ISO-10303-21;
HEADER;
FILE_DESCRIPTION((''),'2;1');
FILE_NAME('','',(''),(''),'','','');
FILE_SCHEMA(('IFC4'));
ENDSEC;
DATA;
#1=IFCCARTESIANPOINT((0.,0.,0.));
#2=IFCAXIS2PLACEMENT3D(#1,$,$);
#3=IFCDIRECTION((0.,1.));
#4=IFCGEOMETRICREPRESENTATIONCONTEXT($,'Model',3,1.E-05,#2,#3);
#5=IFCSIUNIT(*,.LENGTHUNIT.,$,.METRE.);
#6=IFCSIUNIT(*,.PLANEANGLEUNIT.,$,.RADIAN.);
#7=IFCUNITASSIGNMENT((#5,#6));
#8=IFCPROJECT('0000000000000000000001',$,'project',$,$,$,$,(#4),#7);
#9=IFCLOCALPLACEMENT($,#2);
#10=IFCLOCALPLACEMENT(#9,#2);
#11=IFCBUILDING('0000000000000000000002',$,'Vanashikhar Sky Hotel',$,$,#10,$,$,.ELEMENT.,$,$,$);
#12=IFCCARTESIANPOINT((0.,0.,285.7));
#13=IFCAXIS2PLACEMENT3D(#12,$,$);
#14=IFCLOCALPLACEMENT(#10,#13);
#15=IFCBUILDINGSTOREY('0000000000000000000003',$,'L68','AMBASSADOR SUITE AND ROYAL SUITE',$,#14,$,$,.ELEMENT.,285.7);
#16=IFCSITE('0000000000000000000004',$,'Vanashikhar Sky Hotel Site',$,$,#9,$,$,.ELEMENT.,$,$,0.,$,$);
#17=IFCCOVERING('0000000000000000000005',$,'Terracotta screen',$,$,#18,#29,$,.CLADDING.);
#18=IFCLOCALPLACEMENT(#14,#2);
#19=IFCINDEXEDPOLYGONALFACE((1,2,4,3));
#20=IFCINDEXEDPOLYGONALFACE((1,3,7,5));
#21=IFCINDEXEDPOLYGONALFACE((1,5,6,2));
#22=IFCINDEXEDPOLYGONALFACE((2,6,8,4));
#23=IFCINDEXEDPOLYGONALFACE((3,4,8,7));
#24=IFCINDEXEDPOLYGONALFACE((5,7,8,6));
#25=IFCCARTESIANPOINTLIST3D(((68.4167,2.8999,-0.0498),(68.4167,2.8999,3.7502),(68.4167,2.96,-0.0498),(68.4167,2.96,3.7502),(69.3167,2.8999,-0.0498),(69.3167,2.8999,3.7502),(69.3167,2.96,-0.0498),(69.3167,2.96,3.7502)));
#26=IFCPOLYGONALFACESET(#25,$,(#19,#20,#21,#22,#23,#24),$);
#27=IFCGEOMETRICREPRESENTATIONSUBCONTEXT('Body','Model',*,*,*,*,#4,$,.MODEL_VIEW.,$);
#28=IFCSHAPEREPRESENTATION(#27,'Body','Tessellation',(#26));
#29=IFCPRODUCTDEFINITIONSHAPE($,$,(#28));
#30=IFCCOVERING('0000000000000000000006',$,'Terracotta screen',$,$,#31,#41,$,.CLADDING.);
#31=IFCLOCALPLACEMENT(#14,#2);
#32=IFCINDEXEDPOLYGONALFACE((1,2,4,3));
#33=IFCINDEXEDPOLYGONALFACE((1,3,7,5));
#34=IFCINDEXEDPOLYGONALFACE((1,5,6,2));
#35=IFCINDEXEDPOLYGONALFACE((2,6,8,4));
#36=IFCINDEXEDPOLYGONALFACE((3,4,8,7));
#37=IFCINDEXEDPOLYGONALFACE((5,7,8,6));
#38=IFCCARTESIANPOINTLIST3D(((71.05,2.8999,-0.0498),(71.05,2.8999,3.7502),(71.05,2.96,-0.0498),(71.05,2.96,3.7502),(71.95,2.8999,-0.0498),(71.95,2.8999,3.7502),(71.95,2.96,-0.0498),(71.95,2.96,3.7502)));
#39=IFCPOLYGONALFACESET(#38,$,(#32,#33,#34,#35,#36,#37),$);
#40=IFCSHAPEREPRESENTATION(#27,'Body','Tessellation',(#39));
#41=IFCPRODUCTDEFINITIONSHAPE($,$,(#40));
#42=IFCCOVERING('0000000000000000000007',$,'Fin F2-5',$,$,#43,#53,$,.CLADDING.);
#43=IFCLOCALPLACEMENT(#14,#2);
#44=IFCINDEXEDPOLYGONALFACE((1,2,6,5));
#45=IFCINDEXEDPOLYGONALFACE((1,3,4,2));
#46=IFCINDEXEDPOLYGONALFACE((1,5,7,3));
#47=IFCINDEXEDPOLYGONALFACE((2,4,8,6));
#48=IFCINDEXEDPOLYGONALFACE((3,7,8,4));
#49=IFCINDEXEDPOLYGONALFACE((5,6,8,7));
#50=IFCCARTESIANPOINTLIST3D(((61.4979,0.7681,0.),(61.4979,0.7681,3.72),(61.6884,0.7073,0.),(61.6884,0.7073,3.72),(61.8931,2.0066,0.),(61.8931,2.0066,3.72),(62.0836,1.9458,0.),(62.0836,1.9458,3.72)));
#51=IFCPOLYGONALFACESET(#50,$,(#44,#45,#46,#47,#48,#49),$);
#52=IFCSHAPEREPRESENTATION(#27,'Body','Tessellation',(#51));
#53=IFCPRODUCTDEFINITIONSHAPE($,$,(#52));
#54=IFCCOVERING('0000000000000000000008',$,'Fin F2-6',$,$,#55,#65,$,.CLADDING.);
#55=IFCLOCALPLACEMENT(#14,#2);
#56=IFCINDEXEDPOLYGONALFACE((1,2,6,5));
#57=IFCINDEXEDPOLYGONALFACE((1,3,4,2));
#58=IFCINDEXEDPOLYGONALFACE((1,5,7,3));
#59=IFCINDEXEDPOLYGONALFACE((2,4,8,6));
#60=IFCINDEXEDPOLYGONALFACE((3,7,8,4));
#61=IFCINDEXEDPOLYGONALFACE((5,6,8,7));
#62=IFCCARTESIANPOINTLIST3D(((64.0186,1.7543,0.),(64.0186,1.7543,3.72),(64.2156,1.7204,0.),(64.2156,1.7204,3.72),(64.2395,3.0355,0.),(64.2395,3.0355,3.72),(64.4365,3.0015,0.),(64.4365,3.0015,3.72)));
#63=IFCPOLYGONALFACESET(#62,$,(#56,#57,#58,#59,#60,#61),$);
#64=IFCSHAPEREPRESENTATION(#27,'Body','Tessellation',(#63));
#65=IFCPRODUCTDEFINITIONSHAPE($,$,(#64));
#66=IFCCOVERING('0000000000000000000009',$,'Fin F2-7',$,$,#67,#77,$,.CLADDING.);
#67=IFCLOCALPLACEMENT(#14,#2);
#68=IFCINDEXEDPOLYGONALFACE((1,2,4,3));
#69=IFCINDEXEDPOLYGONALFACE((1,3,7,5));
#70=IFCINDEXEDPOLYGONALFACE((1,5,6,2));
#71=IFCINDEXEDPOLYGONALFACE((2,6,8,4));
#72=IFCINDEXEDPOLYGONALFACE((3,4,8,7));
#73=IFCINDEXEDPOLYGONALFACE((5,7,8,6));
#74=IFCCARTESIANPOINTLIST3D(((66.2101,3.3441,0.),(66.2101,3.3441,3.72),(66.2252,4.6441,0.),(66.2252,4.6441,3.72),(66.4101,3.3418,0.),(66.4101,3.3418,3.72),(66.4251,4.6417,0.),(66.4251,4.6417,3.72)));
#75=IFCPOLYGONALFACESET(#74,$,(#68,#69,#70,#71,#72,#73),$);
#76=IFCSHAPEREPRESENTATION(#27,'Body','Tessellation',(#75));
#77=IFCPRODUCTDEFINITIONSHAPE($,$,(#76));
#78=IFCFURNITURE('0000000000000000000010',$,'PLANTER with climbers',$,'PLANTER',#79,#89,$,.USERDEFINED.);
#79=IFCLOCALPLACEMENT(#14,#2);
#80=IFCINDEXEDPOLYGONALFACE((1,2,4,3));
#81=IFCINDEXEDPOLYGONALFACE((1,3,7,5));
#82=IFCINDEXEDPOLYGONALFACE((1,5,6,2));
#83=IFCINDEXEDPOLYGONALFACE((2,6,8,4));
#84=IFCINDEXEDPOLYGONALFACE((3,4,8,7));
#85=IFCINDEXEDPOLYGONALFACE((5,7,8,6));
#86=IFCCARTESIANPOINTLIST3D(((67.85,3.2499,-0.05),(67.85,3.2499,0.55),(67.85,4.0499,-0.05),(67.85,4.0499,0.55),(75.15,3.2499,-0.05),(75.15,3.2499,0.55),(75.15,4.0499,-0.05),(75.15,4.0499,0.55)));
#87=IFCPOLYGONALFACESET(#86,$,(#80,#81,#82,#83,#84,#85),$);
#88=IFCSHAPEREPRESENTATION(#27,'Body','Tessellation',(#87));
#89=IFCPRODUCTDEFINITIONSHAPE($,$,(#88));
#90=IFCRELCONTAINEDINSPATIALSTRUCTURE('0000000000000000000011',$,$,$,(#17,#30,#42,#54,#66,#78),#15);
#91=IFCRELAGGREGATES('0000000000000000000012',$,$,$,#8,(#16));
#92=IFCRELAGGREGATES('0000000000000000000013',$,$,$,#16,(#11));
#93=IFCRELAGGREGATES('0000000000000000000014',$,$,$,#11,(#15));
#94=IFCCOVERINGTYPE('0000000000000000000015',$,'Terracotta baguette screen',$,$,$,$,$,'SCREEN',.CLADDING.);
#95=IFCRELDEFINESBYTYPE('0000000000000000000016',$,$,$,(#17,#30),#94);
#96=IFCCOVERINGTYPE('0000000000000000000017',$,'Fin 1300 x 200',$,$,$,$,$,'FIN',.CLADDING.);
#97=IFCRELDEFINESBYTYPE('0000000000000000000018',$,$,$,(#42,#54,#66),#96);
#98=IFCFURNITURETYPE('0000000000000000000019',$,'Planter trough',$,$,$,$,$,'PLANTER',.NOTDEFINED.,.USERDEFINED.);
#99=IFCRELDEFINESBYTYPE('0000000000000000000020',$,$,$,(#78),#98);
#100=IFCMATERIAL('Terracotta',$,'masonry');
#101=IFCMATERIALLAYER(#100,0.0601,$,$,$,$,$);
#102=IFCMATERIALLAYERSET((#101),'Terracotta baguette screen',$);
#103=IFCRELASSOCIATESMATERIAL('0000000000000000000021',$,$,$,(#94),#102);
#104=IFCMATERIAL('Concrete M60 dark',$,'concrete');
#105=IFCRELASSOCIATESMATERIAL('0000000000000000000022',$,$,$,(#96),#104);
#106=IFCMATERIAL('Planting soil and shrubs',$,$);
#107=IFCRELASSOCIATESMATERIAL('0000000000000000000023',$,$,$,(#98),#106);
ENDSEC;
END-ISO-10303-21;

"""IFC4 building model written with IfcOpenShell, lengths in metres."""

from ifc_helpers import new_model, si_unit, direction, frame, origin, origin_2d, place, context, subcontext, project, spatial, rectangle, extrude, source, transform, mapped, material, layer, layer_set, material_profile, profile_set, type_object, element, save


model = new_model("IFC4")

# Units and contexts
model_context = context("Model", 3, precision=1e-05, world=origin(), true_north=direction((0.0, 1.0)))
body_context = subcontext(model_context, "Body", "Model", "MODEL_VIEW")
ifc_project = project(units=[si_unit("LENGTHUNIT", "METRE"), si_unit("PLANEANGLEUNIT", "RADIAN")], contexts=[model_context])

# Site, building, storey
site_placement = place(None, origin())
site = spatial("IfcSite", under=ifc_project, at=site_placement, Name="Vanashikhar Sky Hotel Site", CompositionType="ELEMENT", RefElevation=0.0)
building_placement = place(site_placement, origin())
building = spatial("IfcBuilding", under=site, at=building_placement, Name="Vanashikhar Sky Hotel", CompositionType="ELEMENT")
storey_placement = place(building_placement, frame((0.0, 0.0, 285.7)))
storey = spatial("IfcBuildingStorey", under=building, at=storey_placement, Name="L68", Description="AMBASSADOR SUITE AND ROYAL SUITE", CompositionType="ELEMENT", Elevation=285.7)

# Coverings
ifc_material_1 = material(Name="Terracotta", Category="masonry")
ifc_layer_1 = layer(ifc_material_1, 0.0601)
ifc_layer_set_1 = layer_set([ifc_layer_1], Name="Terracotta baguette screen")
covering_type_1 = type_object("IfcCoveringType", Name="Terracotta baguette screen", ElementType="SCREEN", PredefinedType="CLADDING", material=ifc_layer_set_1)
shared_shape_1 = source(origin(), body_context, "Body", "SweptSolid", [
    extrude(rectangle(XDim=0.8999, YDim=0.0601, at=origin_2d()), origin(), (0.0, 0.0, 1.0), 3.8),
])
for number, where, z_axis, x_axis, name in (
    (1, (68.8667, 2.9299, -0.0498), (0.0, 0.0, 1.0), (1.0, 0.0, 0.0), "Terracotta screen"),
    (2, (71.5, 2.9299, -0.0498), (0.0, 0.0, 1.0), (1.0, 0.0, 0.0), "Terracotta screen"),
):
    element("IfcCovering", number, at=place(storey_placement, frame(where, z_axis=z_axis, x_axis=x_axis)), inside=storey, type_object=covering_type_1, Name=name, PredefinedType="CLADDING", context=body_context, shape_type="MappedRepresentation", body=[
        mapped(shared_shape_1, transform((0.0, 0.0, 0.0), scale=1.0)),
    ])
ifc_material_2 = material(Name="Concrete M60 dark", Category="concrete")
ifc_material_profile_1 = material_profile(ifc_material_2, rectangle(XDim=1.3, YDim=0.2, at=origin_2d()))
ifc_profile_set_1 = profile_set([ifc_material_profile_1], Name="Fin 1300 x 200")
covering_type_2 = type_object("IfcCoveringType", Name="Fin 1300 x 200", ElementType="FIN", PredefinedType="CLADDING", material=ifc_profile_set_1)
shared_shape_2 = source(origin(), body_context, "Body", "SweptSolid", [
    extrude(rectangle(XDim=1.3, YDim=0.2, at=origin_2d()), origin(), (0.0, 0.0, 1.0), 3.72),
])
for number, where, z_axis, x_axis, name in (
    (3, (61.7908, 1.3569, 0.0), (0.0, 0.0, 1.0), (-0.303967, -0.952683, 0.0), "Fin F2-5"),
    (4, (64.2275, 2.3779, 0.0), (0.0, 0.0, 1.0), (-0.1699, -0.985461, 0.0), "Fin F2-6"),
    (5, (66.3176, 3.9929, 0.0), (0.0, 0.0, 1.0), (-0.011589, -0.999933, 0.0), "Fin F2-7"),
):
    element("IfcCovering", number, at=place(storey_placement, frame(where, z_axis=z_axis, x_axis=x_axis)), inside=storey, type_object=covering_type_2, Name=name, PredefinedType="CLADDING", context=body_context, shape_type="MappedRepresentation", body=[
        mapped(shared_shape_2, transform((0.0, 0.0, 0.0), scale=1.0)),
    ])

# Furniture
ifc_material_3 = material(Name="Planting soil and shrubs")
furniture_type = type_object("IfcFurnitureType", Name="Planter trough", ElementType="PLANTER", AssemblyPlace="NOTDEFINED", PredefinedType="USERDEFINED", material=ifc_material_3)
shared_shape_3 = source(origin(), body_context, "Body", "SweptSolid", [
    extrude(rectangle(XDim=7.3, YDim=0.8, at=origin_2d()), origin(), (0.0, 0.0, 1.0), 0.6001),
])
furniture_placement = place(storey_placement, frame((71.5, 3.6499, -0.05), z_axis=(0.0, 0.0, 1.0), x_axis=(1.0, 0.0, 0.0)))
element("IfcFurniture", 6, at=furniture_placement, inside=storey, type_object=furniture_type, Name="PLANTER with climbers", ObjectType="PLANTER", PredefinedType="USERDEFINED", context=body_context, shape_type="MappedRepresentation", body=[
    mapped(shared_shape_3, transform((0.0, 0.0, 0.0), scale=1.0)),
])

save(model, "model.ifc")
